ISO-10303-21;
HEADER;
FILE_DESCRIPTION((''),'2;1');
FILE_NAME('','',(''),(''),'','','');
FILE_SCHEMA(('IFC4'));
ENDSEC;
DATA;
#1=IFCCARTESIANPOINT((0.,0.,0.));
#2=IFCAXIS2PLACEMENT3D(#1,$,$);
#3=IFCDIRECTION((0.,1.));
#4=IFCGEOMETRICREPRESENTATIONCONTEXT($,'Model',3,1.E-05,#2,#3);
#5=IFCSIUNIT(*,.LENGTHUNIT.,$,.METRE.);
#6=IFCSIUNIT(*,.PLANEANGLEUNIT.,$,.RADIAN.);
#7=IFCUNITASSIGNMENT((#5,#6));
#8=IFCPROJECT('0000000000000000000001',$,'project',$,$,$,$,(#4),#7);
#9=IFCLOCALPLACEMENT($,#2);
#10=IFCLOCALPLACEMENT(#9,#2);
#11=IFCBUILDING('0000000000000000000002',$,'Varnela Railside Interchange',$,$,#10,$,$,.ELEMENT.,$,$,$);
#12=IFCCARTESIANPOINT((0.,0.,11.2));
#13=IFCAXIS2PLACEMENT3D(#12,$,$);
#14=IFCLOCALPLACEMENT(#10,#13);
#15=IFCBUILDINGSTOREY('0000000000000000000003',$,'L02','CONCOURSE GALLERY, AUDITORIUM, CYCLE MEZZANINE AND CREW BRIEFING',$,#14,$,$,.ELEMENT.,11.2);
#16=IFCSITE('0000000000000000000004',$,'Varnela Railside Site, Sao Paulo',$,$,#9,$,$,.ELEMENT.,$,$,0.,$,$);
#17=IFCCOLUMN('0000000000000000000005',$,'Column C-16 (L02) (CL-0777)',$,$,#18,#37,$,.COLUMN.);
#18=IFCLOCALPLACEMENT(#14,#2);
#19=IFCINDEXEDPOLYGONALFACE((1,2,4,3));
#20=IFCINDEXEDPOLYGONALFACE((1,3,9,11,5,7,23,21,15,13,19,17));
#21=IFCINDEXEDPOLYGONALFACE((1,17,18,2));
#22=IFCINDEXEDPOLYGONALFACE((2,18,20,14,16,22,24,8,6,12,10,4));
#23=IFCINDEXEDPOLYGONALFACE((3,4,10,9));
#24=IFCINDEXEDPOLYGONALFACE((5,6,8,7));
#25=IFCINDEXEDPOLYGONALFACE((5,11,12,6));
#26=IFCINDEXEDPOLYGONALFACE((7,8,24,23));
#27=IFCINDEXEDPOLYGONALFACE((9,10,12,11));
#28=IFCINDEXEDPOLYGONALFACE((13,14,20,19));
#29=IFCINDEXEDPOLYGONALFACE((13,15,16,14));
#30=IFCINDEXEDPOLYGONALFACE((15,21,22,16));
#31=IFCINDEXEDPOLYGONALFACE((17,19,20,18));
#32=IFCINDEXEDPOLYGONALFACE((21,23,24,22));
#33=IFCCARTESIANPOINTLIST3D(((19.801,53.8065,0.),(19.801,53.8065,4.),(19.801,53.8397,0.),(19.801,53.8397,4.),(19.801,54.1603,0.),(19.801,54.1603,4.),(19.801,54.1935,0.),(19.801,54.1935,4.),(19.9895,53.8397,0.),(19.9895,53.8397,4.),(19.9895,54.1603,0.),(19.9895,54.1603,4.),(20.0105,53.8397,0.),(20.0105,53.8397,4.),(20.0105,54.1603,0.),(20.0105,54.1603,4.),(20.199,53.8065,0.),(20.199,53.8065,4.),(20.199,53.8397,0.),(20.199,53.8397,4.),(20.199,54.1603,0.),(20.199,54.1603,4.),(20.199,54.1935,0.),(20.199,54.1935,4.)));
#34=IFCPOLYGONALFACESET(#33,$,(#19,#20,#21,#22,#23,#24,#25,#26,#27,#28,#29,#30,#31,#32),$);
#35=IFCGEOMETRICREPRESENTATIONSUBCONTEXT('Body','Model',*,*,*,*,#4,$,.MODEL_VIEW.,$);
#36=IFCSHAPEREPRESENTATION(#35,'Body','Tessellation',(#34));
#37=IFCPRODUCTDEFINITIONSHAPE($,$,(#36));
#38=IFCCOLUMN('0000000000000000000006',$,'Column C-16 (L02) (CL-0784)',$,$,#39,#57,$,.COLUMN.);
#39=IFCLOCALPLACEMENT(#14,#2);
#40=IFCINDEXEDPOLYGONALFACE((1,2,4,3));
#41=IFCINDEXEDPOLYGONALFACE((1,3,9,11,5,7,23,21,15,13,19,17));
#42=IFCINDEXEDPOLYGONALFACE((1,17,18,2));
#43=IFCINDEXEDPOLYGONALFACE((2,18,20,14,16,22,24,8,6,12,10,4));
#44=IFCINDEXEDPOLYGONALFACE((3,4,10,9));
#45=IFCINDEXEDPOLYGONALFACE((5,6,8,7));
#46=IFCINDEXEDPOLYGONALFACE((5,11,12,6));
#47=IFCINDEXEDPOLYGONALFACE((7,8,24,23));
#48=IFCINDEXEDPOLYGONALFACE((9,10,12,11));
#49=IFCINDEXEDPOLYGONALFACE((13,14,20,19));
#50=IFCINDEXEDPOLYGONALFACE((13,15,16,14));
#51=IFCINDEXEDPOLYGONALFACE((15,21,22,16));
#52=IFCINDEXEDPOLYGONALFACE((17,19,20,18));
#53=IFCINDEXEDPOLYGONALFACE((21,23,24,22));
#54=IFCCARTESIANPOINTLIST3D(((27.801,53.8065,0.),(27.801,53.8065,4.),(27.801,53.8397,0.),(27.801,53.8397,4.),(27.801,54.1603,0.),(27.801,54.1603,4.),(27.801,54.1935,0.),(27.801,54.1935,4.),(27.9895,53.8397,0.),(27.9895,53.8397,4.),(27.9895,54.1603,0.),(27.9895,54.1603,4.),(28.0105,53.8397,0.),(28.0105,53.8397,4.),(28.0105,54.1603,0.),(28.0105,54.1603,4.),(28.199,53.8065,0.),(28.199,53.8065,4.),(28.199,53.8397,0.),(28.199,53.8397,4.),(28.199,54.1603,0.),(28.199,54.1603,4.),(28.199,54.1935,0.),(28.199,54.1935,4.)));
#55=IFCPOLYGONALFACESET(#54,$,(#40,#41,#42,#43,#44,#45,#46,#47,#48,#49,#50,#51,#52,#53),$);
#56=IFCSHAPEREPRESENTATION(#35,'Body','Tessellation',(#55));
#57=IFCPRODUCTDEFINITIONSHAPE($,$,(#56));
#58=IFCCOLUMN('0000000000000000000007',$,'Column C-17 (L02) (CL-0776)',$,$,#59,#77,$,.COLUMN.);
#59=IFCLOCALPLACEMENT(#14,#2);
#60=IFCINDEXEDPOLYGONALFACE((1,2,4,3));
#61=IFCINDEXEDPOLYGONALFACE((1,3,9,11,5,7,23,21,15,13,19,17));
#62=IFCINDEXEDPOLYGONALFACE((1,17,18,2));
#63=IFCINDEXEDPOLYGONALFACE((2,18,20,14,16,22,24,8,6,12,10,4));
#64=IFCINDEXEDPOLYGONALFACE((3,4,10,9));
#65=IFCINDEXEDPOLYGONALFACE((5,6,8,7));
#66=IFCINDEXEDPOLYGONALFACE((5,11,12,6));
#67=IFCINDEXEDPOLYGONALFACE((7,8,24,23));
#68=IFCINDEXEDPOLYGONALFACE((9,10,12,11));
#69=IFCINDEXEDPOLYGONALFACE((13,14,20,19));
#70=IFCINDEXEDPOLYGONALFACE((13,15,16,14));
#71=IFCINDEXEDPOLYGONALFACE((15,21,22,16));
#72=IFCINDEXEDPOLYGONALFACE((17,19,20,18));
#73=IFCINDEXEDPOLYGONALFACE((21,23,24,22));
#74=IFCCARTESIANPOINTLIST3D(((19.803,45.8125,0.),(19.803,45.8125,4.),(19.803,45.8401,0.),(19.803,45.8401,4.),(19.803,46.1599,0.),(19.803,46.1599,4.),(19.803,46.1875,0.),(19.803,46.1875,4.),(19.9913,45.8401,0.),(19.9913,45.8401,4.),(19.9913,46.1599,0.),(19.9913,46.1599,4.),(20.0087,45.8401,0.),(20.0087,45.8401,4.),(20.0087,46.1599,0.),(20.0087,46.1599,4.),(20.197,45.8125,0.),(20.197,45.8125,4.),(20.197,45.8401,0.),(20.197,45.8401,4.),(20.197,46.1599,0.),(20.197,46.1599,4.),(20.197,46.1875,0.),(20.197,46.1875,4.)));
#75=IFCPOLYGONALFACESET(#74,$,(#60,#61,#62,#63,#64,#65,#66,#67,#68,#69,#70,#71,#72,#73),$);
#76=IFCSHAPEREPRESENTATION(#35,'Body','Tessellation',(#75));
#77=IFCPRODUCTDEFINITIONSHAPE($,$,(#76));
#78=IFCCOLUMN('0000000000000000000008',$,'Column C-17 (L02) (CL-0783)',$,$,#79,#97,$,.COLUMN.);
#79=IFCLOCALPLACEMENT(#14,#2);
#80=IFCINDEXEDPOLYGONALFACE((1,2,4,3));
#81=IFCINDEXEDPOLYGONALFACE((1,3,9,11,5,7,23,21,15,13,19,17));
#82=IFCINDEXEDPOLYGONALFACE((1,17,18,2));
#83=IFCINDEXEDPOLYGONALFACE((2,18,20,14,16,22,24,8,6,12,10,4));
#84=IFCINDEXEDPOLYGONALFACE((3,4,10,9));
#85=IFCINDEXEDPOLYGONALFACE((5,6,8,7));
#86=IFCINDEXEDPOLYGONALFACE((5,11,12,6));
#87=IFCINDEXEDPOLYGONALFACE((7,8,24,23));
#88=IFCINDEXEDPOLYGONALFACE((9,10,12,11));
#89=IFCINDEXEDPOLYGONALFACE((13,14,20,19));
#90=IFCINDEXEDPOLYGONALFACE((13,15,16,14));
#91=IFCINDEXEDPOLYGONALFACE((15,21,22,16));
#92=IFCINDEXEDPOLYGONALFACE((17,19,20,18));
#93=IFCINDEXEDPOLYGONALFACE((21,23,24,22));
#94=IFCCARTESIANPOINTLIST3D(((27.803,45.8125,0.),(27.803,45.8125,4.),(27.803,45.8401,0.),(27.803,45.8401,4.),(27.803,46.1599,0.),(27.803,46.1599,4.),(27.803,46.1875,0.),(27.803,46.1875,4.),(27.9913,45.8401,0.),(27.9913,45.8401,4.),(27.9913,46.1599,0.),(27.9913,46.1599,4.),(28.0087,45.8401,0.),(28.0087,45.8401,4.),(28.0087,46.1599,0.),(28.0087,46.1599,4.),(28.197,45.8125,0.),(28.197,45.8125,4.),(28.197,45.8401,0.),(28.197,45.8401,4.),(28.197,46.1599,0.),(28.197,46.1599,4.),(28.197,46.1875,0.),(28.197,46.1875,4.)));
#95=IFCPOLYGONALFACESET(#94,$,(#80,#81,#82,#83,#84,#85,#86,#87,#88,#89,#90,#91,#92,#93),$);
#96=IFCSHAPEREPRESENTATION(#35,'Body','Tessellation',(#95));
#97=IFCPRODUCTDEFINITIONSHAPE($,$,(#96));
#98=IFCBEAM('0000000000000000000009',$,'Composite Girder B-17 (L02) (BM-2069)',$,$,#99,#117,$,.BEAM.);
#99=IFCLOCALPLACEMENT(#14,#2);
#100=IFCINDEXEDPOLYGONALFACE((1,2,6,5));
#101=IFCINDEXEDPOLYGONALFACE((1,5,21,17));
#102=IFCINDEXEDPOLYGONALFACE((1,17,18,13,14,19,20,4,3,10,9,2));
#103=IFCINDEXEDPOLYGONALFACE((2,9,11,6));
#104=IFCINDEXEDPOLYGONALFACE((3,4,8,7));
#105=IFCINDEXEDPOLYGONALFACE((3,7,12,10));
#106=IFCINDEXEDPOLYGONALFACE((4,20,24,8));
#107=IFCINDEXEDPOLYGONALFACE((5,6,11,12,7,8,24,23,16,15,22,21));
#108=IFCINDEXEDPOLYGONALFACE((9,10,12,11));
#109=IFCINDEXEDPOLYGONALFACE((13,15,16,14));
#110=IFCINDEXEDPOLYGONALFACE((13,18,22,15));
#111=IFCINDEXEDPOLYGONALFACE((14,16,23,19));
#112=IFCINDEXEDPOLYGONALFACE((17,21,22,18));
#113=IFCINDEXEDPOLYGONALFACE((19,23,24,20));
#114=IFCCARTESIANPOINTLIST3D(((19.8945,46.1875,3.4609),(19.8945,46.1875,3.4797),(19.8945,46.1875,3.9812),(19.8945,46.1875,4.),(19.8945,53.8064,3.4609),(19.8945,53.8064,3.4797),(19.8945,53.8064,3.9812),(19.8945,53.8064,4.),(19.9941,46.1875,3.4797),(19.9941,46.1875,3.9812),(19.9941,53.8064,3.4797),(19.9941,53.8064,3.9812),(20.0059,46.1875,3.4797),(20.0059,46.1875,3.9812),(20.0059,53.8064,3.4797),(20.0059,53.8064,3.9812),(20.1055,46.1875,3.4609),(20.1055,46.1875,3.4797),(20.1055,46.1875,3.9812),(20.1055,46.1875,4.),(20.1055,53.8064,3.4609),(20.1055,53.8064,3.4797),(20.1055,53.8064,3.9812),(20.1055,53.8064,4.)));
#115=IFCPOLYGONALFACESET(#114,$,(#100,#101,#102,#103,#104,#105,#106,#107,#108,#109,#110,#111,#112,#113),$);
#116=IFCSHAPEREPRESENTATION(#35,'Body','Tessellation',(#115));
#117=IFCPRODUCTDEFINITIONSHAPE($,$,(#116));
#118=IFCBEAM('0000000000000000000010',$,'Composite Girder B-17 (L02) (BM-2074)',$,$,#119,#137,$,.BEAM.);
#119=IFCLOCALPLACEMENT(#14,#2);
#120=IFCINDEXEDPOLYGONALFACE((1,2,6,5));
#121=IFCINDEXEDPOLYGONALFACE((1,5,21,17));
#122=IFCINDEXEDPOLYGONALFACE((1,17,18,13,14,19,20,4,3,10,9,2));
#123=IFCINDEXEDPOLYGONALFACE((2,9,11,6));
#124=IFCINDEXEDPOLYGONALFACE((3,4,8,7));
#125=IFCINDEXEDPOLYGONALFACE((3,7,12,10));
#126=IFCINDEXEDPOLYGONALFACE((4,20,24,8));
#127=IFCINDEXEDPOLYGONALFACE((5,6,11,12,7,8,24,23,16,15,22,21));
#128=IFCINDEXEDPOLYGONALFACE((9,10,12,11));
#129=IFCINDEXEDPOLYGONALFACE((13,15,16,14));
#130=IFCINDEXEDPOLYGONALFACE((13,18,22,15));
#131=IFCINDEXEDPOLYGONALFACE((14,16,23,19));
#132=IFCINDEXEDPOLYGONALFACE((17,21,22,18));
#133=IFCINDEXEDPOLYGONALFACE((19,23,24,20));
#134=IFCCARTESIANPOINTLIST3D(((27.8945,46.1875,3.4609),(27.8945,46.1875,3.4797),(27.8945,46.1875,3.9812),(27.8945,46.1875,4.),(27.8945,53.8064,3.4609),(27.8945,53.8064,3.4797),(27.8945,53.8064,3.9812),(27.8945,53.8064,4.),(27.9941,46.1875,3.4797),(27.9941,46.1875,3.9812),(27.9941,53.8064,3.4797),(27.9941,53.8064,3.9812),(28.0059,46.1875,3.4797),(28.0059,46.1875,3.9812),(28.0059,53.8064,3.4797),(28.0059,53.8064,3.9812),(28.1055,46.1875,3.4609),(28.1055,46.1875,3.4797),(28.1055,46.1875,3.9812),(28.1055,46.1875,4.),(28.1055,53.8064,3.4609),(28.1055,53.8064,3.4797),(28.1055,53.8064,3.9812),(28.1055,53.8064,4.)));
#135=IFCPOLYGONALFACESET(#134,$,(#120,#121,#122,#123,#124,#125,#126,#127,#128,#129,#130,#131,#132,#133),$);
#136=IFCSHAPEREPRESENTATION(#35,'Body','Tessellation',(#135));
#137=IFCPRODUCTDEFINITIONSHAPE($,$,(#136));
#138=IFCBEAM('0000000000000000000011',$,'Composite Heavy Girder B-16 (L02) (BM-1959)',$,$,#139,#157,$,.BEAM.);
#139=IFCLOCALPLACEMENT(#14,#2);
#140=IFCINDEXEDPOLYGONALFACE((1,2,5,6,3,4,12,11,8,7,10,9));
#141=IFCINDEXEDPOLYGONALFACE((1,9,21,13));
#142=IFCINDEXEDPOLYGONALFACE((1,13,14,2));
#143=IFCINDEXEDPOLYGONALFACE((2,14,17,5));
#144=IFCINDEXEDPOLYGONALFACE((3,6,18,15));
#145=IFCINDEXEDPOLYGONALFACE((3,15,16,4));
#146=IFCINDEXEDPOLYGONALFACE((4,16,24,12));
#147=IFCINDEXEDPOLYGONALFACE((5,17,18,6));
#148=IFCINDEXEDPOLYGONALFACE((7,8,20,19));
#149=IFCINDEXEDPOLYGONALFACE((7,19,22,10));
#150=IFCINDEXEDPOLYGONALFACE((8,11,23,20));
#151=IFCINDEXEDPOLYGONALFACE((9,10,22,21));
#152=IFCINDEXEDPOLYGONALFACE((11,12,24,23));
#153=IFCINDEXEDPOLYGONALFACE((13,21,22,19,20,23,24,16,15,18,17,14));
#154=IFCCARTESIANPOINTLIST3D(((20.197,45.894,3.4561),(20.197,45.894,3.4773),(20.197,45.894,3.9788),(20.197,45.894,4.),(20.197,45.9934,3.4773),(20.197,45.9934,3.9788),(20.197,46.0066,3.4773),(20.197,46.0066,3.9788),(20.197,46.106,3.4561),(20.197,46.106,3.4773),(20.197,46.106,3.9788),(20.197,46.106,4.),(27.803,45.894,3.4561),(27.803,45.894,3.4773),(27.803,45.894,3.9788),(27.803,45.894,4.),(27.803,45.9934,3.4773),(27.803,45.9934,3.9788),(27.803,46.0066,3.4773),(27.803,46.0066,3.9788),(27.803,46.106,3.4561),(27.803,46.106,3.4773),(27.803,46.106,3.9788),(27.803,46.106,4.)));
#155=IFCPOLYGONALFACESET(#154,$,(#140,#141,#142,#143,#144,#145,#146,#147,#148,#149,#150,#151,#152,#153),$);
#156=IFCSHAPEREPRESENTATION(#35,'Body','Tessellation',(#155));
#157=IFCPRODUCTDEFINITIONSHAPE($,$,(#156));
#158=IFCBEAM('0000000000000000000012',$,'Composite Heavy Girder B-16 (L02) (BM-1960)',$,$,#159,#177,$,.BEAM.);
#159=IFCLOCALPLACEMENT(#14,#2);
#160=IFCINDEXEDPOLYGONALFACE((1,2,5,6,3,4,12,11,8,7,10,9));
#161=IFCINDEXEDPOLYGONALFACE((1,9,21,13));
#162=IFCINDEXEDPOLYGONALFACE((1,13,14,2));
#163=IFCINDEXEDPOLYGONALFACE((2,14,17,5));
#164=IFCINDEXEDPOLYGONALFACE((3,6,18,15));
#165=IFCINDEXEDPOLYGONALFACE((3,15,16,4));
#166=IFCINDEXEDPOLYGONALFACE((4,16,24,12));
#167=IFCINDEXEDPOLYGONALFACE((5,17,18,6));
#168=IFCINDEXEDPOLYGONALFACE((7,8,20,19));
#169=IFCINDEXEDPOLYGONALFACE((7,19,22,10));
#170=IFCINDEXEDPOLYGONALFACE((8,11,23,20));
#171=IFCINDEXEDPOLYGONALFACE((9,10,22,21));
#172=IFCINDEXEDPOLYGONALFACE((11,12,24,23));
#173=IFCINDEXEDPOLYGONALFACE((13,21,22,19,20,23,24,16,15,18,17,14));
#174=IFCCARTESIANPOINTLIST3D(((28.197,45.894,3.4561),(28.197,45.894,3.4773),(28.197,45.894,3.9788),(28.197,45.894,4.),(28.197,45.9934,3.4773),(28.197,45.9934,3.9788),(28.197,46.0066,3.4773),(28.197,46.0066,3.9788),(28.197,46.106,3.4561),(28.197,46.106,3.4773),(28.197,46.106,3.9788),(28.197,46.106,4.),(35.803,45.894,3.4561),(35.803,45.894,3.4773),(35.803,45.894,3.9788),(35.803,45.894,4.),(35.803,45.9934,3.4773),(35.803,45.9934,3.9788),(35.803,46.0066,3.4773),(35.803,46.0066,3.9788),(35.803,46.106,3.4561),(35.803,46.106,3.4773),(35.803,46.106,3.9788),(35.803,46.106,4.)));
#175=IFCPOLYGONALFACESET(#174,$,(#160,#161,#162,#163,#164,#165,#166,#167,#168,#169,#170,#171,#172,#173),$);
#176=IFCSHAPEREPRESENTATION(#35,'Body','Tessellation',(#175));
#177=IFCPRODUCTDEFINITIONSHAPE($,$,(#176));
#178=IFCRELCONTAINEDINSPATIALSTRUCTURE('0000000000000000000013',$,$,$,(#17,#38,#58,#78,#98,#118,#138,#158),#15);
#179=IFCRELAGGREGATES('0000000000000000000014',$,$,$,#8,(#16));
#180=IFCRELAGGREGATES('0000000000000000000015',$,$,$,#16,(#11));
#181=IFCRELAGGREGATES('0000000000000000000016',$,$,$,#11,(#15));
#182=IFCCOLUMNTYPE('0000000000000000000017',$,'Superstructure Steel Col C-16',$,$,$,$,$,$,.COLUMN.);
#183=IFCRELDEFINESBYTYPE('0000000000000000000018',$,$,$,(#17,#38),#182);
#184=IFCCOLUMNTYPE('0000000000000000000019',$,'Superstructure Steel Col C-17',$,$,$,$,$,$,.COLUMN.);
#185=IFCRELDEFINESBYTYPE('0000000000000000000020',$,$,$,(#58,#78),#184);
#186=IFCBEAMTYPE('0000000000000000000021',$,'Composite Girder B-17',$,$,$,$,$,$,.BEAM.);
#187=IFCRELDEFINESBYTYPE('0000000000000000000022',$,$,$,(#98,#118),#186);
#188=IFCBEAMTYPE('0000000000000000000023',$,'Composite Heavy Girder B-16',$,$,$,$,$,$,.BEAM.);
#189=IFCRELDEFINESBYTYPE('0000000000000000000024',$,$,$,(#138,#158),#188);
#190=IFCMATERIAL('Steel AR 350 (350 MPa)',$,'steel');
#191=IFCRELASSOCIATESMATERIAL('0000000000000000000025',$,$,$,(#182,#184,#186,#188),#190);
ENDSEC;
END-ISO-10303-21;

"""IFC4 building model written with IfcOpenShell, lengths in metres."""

from ifc_helpers import new_model, si_unit, direction, frame, origin, origin_2d, place, context, subcontext, project, spatial, i_section, extrude, material, material_profile, profile_set, type_object, element, save


model = new_model("IFC4")

# Units and contexts
model_context = context("Model", 3, precision=1e-05, world=origin(), true_north=direction((0.0, 1.0)))
body_context = subcontext(model_context, "Body", "Model", "MODEL_VIEW")
ifc_project = project(units=[si_unit("LENGTHUNIT", "METRE"), si_unit("PLANEANGLEUNIT", "RADIAN")], contexts=[model_context])

# Site, building, storey
site_placement = place(None, origin())
site = spatial("IfcSite", under=ifc_project, at=site_placement, Name="Varnela Railside Site, Sao Paulo", CompositionType="ELEMENT", RefElevation=0.0)
building_placement = place(site_placement, origin())
building = spatial("IfcBuilding", under=site, at=building_placement, Name="Varnela Railside Interchange", CompositionType="ELEMENT")
storey_placement = place(building_placement, frame((0.0, 0.0, 11.2)))
storey = spatial("IfcBuildingStorey", under=building, at=storey_placement, Name="L02", Description="CONCOURSE GALLERY, AUDITORIUM, CYCLE MEZZANINE AND CREW BRIEFING", CompositionType="ELEMENT", Elevation=11.2)

# Columns
ifc_material_1 = material(Name="Steel AR 350 (350 MPa)", Category="steel")
ifc_material_profile_1 = material_profile(ifc_material_1, i_section(OverallWidth=0.3979, OverallDepth=0.387, WebThickness=0.021, FlangeThickness=0.0332, at=origin_2d()), Name="W360x262")
ifc_profile_set_1 = profile_set([ifc_material_profile_1], Name="Steel AR 350 (350 MPa)")
column_type_1 = type_object("IfcColumnType", Name="Superstructure Steel Col C-16", PredefinedType="COLUMN", material=ifc_profile_set_1)
for number, where, z_axis, x_axis, name in (
    (1, (20.0, 54.0, 0.0), (0.0, 0.0, 1.0), (1.0, 0.0, 0.0), "Column C-16 (L02) (CL-0777)"),
    (2, (28.0, 54.0, 0.0), (0.0, 0.0, 1.0), (1.0, 0.0, 0.0), "Column C-16 (L02) (CL-0784)"),
):
    element("IfcColumn", number, at=place(storey_placement, frame(where, z_axis=z_axis, x_axis=x_axis)), inside=storey, type_object=column_type_1, Name=name, PredefinedType="COLUMN", context=body_context, shape_type="SweptSolid", body=[
        extrude(i_section(OverallWidth=0.3979, OverallDepth=0.387, WebThickness=0.021, FlangeThickness=0.0332, at=origin_2d()), origin(), (0.0, 0.0, 1.0), 4.0),
    ])
ifc_material_profile_2 = material_profile(ifc_material_1, i_section(OverallWidth=0.394, OverallDepth=0.375, WebThickness=0.0173, FlangeThickness=0.0276, at=origin_2d()), Name="W360x216")
ifc_profile_set_2 = profile_set([ifc_material_profile_2], Name="Steel AR 350 (350 MPa)")
column_type_2 = type_object("IfcColumnType", Name="Superstructure Steel Col C-17", PredefinedType="COLUMN", material=ifc_profile_set_2)
for number, where, z_axis, x_axis, name in (
    (3, (20.0, 46.0, 0.0), (0.0, 0.0, 1.0), (1.0, 0.0, 0.0), "Column C-17 (L02) (CL-0776)"),
    (4, (28.0, 46.0, 0.0), (0.0, 0.0, 1.0), (1.0, 0.0, 0.0), "Column C-17 (L02) (CL-0783)"),
):
    element("IfcColumn", number, at=place(storey_placement, frame(where, z_axis=z_axis, x_axis=x_axis)), inside=storey, type_object=column_type_2, Name=name, PredefinedType="COLUMN", context=body_context, shape_type="SweptSolid", body=[
        extrude(i_section(OverallWidth=0.394, OverallDepth=0.375, WebThickness=0.0173, FlangeThickness=0.0276, at=origin_2d()), origin(), (0.0, 0.0, 1.0), 4.0),
    ])

# Beams
ifc_material_profile_3 = material_profile(ifc_material_1, i_section(OverallWidth=0.2109, OverallDepth=0.5391, WebThickness=0.0117, FlangeThickness=0.0188, at=origin_2d()), Name="W530x109")
ifc_profile_set_3 = profile_set([ifc_material_profile_3], Name="Steel AR 350 (350 MPa)")
beam_type_1 = type_object("IfcBeamType", Name="Composite Girder B-17", PredefinedType="BEAM", material=ifc_profile_set_3)
for number, where, z_axis, x_axis, name in (
    (5, (20.0, 46.1875, 3.7305), (0.0, 1.0, 0.0), (-1.0, 0.0, 0.0), "Composite Girder B-17 (L02) (BM-2069)"),
    (6, (28.0, 46.1875, 3.7305), (0.0, 1.0, 0.0), (-1.0, 0.0, 0.0), "Composite Girder B-17 (L02) (BM-2074)"),
):
    element("IfcBeam", number, at=place(storey_placement, frame(where, z_axis=z_axis, x_axis=x_axis)), inside=storey, type_object=beam_type_1, Name=name, PredefinedType="BEAM", context=body_context, shape_type="SweptSolid", body=[
        extrude(i_section(OverallWidth=0.2109, OverallDepth=0.5391, WebThickness=0.0117, FlangeThickness=0.0188, at=origin_2d()), origin(), (0.0, 0.0, 1.0), 7.6189),
    ])
ifc_material_profile_4 = material_profile(ifc_material_1, i_section(OverallWidth=0.2119, OverallDepth=0.5439, WebThickness=0.0132, FlangeThickness=0.0212, at=origin_2d()), Name="W530x123")
ifc_profile_set_4 = profile_set([ifc_material_profile_4], Name="Steel AR 350 (350 MPa)")
beam_type_2 = type_object("IfcBeamType", Name="Composite Heavy Girder B-16", PredefinedType="BEAM", material=ifc_profile_set_4)
for number, where, z_axis, x_axis, name in (
    (7, (20.197, 46.0, 3.728), (1.0, 0.0, 0.0), (0.0, 1.0, 0.0), "Composite Heavy Girder B-16 (L02) (BM-1959)"),
    (8, (28.197, 46.0, 3.728), (1.0, 0.0, 0.0), (0.0, 1.0, 0.0), "Composite Heavy Girder B-16 (L02) (BM-1960)"),
):
    element("IfcBeam", number, at=place(storey_placement, frame(where, z_axis=z_axis, x_axis=x_axis)), inside=storey, type_object=beam_type_2, Name=name, PredefinedType="BEAM", context=body_context, shape_type="SweptSolid", body=[
        extrude(i_section(OverallWidth=0.2119, OverallDepth=0.5439, WebThickness=0.0132, FlangeThickness=0.0212, at=origin_2d()), origin(), (0.0, 0.0, 1.0), 7.606),
    ])

save(model, "model.ifc")
